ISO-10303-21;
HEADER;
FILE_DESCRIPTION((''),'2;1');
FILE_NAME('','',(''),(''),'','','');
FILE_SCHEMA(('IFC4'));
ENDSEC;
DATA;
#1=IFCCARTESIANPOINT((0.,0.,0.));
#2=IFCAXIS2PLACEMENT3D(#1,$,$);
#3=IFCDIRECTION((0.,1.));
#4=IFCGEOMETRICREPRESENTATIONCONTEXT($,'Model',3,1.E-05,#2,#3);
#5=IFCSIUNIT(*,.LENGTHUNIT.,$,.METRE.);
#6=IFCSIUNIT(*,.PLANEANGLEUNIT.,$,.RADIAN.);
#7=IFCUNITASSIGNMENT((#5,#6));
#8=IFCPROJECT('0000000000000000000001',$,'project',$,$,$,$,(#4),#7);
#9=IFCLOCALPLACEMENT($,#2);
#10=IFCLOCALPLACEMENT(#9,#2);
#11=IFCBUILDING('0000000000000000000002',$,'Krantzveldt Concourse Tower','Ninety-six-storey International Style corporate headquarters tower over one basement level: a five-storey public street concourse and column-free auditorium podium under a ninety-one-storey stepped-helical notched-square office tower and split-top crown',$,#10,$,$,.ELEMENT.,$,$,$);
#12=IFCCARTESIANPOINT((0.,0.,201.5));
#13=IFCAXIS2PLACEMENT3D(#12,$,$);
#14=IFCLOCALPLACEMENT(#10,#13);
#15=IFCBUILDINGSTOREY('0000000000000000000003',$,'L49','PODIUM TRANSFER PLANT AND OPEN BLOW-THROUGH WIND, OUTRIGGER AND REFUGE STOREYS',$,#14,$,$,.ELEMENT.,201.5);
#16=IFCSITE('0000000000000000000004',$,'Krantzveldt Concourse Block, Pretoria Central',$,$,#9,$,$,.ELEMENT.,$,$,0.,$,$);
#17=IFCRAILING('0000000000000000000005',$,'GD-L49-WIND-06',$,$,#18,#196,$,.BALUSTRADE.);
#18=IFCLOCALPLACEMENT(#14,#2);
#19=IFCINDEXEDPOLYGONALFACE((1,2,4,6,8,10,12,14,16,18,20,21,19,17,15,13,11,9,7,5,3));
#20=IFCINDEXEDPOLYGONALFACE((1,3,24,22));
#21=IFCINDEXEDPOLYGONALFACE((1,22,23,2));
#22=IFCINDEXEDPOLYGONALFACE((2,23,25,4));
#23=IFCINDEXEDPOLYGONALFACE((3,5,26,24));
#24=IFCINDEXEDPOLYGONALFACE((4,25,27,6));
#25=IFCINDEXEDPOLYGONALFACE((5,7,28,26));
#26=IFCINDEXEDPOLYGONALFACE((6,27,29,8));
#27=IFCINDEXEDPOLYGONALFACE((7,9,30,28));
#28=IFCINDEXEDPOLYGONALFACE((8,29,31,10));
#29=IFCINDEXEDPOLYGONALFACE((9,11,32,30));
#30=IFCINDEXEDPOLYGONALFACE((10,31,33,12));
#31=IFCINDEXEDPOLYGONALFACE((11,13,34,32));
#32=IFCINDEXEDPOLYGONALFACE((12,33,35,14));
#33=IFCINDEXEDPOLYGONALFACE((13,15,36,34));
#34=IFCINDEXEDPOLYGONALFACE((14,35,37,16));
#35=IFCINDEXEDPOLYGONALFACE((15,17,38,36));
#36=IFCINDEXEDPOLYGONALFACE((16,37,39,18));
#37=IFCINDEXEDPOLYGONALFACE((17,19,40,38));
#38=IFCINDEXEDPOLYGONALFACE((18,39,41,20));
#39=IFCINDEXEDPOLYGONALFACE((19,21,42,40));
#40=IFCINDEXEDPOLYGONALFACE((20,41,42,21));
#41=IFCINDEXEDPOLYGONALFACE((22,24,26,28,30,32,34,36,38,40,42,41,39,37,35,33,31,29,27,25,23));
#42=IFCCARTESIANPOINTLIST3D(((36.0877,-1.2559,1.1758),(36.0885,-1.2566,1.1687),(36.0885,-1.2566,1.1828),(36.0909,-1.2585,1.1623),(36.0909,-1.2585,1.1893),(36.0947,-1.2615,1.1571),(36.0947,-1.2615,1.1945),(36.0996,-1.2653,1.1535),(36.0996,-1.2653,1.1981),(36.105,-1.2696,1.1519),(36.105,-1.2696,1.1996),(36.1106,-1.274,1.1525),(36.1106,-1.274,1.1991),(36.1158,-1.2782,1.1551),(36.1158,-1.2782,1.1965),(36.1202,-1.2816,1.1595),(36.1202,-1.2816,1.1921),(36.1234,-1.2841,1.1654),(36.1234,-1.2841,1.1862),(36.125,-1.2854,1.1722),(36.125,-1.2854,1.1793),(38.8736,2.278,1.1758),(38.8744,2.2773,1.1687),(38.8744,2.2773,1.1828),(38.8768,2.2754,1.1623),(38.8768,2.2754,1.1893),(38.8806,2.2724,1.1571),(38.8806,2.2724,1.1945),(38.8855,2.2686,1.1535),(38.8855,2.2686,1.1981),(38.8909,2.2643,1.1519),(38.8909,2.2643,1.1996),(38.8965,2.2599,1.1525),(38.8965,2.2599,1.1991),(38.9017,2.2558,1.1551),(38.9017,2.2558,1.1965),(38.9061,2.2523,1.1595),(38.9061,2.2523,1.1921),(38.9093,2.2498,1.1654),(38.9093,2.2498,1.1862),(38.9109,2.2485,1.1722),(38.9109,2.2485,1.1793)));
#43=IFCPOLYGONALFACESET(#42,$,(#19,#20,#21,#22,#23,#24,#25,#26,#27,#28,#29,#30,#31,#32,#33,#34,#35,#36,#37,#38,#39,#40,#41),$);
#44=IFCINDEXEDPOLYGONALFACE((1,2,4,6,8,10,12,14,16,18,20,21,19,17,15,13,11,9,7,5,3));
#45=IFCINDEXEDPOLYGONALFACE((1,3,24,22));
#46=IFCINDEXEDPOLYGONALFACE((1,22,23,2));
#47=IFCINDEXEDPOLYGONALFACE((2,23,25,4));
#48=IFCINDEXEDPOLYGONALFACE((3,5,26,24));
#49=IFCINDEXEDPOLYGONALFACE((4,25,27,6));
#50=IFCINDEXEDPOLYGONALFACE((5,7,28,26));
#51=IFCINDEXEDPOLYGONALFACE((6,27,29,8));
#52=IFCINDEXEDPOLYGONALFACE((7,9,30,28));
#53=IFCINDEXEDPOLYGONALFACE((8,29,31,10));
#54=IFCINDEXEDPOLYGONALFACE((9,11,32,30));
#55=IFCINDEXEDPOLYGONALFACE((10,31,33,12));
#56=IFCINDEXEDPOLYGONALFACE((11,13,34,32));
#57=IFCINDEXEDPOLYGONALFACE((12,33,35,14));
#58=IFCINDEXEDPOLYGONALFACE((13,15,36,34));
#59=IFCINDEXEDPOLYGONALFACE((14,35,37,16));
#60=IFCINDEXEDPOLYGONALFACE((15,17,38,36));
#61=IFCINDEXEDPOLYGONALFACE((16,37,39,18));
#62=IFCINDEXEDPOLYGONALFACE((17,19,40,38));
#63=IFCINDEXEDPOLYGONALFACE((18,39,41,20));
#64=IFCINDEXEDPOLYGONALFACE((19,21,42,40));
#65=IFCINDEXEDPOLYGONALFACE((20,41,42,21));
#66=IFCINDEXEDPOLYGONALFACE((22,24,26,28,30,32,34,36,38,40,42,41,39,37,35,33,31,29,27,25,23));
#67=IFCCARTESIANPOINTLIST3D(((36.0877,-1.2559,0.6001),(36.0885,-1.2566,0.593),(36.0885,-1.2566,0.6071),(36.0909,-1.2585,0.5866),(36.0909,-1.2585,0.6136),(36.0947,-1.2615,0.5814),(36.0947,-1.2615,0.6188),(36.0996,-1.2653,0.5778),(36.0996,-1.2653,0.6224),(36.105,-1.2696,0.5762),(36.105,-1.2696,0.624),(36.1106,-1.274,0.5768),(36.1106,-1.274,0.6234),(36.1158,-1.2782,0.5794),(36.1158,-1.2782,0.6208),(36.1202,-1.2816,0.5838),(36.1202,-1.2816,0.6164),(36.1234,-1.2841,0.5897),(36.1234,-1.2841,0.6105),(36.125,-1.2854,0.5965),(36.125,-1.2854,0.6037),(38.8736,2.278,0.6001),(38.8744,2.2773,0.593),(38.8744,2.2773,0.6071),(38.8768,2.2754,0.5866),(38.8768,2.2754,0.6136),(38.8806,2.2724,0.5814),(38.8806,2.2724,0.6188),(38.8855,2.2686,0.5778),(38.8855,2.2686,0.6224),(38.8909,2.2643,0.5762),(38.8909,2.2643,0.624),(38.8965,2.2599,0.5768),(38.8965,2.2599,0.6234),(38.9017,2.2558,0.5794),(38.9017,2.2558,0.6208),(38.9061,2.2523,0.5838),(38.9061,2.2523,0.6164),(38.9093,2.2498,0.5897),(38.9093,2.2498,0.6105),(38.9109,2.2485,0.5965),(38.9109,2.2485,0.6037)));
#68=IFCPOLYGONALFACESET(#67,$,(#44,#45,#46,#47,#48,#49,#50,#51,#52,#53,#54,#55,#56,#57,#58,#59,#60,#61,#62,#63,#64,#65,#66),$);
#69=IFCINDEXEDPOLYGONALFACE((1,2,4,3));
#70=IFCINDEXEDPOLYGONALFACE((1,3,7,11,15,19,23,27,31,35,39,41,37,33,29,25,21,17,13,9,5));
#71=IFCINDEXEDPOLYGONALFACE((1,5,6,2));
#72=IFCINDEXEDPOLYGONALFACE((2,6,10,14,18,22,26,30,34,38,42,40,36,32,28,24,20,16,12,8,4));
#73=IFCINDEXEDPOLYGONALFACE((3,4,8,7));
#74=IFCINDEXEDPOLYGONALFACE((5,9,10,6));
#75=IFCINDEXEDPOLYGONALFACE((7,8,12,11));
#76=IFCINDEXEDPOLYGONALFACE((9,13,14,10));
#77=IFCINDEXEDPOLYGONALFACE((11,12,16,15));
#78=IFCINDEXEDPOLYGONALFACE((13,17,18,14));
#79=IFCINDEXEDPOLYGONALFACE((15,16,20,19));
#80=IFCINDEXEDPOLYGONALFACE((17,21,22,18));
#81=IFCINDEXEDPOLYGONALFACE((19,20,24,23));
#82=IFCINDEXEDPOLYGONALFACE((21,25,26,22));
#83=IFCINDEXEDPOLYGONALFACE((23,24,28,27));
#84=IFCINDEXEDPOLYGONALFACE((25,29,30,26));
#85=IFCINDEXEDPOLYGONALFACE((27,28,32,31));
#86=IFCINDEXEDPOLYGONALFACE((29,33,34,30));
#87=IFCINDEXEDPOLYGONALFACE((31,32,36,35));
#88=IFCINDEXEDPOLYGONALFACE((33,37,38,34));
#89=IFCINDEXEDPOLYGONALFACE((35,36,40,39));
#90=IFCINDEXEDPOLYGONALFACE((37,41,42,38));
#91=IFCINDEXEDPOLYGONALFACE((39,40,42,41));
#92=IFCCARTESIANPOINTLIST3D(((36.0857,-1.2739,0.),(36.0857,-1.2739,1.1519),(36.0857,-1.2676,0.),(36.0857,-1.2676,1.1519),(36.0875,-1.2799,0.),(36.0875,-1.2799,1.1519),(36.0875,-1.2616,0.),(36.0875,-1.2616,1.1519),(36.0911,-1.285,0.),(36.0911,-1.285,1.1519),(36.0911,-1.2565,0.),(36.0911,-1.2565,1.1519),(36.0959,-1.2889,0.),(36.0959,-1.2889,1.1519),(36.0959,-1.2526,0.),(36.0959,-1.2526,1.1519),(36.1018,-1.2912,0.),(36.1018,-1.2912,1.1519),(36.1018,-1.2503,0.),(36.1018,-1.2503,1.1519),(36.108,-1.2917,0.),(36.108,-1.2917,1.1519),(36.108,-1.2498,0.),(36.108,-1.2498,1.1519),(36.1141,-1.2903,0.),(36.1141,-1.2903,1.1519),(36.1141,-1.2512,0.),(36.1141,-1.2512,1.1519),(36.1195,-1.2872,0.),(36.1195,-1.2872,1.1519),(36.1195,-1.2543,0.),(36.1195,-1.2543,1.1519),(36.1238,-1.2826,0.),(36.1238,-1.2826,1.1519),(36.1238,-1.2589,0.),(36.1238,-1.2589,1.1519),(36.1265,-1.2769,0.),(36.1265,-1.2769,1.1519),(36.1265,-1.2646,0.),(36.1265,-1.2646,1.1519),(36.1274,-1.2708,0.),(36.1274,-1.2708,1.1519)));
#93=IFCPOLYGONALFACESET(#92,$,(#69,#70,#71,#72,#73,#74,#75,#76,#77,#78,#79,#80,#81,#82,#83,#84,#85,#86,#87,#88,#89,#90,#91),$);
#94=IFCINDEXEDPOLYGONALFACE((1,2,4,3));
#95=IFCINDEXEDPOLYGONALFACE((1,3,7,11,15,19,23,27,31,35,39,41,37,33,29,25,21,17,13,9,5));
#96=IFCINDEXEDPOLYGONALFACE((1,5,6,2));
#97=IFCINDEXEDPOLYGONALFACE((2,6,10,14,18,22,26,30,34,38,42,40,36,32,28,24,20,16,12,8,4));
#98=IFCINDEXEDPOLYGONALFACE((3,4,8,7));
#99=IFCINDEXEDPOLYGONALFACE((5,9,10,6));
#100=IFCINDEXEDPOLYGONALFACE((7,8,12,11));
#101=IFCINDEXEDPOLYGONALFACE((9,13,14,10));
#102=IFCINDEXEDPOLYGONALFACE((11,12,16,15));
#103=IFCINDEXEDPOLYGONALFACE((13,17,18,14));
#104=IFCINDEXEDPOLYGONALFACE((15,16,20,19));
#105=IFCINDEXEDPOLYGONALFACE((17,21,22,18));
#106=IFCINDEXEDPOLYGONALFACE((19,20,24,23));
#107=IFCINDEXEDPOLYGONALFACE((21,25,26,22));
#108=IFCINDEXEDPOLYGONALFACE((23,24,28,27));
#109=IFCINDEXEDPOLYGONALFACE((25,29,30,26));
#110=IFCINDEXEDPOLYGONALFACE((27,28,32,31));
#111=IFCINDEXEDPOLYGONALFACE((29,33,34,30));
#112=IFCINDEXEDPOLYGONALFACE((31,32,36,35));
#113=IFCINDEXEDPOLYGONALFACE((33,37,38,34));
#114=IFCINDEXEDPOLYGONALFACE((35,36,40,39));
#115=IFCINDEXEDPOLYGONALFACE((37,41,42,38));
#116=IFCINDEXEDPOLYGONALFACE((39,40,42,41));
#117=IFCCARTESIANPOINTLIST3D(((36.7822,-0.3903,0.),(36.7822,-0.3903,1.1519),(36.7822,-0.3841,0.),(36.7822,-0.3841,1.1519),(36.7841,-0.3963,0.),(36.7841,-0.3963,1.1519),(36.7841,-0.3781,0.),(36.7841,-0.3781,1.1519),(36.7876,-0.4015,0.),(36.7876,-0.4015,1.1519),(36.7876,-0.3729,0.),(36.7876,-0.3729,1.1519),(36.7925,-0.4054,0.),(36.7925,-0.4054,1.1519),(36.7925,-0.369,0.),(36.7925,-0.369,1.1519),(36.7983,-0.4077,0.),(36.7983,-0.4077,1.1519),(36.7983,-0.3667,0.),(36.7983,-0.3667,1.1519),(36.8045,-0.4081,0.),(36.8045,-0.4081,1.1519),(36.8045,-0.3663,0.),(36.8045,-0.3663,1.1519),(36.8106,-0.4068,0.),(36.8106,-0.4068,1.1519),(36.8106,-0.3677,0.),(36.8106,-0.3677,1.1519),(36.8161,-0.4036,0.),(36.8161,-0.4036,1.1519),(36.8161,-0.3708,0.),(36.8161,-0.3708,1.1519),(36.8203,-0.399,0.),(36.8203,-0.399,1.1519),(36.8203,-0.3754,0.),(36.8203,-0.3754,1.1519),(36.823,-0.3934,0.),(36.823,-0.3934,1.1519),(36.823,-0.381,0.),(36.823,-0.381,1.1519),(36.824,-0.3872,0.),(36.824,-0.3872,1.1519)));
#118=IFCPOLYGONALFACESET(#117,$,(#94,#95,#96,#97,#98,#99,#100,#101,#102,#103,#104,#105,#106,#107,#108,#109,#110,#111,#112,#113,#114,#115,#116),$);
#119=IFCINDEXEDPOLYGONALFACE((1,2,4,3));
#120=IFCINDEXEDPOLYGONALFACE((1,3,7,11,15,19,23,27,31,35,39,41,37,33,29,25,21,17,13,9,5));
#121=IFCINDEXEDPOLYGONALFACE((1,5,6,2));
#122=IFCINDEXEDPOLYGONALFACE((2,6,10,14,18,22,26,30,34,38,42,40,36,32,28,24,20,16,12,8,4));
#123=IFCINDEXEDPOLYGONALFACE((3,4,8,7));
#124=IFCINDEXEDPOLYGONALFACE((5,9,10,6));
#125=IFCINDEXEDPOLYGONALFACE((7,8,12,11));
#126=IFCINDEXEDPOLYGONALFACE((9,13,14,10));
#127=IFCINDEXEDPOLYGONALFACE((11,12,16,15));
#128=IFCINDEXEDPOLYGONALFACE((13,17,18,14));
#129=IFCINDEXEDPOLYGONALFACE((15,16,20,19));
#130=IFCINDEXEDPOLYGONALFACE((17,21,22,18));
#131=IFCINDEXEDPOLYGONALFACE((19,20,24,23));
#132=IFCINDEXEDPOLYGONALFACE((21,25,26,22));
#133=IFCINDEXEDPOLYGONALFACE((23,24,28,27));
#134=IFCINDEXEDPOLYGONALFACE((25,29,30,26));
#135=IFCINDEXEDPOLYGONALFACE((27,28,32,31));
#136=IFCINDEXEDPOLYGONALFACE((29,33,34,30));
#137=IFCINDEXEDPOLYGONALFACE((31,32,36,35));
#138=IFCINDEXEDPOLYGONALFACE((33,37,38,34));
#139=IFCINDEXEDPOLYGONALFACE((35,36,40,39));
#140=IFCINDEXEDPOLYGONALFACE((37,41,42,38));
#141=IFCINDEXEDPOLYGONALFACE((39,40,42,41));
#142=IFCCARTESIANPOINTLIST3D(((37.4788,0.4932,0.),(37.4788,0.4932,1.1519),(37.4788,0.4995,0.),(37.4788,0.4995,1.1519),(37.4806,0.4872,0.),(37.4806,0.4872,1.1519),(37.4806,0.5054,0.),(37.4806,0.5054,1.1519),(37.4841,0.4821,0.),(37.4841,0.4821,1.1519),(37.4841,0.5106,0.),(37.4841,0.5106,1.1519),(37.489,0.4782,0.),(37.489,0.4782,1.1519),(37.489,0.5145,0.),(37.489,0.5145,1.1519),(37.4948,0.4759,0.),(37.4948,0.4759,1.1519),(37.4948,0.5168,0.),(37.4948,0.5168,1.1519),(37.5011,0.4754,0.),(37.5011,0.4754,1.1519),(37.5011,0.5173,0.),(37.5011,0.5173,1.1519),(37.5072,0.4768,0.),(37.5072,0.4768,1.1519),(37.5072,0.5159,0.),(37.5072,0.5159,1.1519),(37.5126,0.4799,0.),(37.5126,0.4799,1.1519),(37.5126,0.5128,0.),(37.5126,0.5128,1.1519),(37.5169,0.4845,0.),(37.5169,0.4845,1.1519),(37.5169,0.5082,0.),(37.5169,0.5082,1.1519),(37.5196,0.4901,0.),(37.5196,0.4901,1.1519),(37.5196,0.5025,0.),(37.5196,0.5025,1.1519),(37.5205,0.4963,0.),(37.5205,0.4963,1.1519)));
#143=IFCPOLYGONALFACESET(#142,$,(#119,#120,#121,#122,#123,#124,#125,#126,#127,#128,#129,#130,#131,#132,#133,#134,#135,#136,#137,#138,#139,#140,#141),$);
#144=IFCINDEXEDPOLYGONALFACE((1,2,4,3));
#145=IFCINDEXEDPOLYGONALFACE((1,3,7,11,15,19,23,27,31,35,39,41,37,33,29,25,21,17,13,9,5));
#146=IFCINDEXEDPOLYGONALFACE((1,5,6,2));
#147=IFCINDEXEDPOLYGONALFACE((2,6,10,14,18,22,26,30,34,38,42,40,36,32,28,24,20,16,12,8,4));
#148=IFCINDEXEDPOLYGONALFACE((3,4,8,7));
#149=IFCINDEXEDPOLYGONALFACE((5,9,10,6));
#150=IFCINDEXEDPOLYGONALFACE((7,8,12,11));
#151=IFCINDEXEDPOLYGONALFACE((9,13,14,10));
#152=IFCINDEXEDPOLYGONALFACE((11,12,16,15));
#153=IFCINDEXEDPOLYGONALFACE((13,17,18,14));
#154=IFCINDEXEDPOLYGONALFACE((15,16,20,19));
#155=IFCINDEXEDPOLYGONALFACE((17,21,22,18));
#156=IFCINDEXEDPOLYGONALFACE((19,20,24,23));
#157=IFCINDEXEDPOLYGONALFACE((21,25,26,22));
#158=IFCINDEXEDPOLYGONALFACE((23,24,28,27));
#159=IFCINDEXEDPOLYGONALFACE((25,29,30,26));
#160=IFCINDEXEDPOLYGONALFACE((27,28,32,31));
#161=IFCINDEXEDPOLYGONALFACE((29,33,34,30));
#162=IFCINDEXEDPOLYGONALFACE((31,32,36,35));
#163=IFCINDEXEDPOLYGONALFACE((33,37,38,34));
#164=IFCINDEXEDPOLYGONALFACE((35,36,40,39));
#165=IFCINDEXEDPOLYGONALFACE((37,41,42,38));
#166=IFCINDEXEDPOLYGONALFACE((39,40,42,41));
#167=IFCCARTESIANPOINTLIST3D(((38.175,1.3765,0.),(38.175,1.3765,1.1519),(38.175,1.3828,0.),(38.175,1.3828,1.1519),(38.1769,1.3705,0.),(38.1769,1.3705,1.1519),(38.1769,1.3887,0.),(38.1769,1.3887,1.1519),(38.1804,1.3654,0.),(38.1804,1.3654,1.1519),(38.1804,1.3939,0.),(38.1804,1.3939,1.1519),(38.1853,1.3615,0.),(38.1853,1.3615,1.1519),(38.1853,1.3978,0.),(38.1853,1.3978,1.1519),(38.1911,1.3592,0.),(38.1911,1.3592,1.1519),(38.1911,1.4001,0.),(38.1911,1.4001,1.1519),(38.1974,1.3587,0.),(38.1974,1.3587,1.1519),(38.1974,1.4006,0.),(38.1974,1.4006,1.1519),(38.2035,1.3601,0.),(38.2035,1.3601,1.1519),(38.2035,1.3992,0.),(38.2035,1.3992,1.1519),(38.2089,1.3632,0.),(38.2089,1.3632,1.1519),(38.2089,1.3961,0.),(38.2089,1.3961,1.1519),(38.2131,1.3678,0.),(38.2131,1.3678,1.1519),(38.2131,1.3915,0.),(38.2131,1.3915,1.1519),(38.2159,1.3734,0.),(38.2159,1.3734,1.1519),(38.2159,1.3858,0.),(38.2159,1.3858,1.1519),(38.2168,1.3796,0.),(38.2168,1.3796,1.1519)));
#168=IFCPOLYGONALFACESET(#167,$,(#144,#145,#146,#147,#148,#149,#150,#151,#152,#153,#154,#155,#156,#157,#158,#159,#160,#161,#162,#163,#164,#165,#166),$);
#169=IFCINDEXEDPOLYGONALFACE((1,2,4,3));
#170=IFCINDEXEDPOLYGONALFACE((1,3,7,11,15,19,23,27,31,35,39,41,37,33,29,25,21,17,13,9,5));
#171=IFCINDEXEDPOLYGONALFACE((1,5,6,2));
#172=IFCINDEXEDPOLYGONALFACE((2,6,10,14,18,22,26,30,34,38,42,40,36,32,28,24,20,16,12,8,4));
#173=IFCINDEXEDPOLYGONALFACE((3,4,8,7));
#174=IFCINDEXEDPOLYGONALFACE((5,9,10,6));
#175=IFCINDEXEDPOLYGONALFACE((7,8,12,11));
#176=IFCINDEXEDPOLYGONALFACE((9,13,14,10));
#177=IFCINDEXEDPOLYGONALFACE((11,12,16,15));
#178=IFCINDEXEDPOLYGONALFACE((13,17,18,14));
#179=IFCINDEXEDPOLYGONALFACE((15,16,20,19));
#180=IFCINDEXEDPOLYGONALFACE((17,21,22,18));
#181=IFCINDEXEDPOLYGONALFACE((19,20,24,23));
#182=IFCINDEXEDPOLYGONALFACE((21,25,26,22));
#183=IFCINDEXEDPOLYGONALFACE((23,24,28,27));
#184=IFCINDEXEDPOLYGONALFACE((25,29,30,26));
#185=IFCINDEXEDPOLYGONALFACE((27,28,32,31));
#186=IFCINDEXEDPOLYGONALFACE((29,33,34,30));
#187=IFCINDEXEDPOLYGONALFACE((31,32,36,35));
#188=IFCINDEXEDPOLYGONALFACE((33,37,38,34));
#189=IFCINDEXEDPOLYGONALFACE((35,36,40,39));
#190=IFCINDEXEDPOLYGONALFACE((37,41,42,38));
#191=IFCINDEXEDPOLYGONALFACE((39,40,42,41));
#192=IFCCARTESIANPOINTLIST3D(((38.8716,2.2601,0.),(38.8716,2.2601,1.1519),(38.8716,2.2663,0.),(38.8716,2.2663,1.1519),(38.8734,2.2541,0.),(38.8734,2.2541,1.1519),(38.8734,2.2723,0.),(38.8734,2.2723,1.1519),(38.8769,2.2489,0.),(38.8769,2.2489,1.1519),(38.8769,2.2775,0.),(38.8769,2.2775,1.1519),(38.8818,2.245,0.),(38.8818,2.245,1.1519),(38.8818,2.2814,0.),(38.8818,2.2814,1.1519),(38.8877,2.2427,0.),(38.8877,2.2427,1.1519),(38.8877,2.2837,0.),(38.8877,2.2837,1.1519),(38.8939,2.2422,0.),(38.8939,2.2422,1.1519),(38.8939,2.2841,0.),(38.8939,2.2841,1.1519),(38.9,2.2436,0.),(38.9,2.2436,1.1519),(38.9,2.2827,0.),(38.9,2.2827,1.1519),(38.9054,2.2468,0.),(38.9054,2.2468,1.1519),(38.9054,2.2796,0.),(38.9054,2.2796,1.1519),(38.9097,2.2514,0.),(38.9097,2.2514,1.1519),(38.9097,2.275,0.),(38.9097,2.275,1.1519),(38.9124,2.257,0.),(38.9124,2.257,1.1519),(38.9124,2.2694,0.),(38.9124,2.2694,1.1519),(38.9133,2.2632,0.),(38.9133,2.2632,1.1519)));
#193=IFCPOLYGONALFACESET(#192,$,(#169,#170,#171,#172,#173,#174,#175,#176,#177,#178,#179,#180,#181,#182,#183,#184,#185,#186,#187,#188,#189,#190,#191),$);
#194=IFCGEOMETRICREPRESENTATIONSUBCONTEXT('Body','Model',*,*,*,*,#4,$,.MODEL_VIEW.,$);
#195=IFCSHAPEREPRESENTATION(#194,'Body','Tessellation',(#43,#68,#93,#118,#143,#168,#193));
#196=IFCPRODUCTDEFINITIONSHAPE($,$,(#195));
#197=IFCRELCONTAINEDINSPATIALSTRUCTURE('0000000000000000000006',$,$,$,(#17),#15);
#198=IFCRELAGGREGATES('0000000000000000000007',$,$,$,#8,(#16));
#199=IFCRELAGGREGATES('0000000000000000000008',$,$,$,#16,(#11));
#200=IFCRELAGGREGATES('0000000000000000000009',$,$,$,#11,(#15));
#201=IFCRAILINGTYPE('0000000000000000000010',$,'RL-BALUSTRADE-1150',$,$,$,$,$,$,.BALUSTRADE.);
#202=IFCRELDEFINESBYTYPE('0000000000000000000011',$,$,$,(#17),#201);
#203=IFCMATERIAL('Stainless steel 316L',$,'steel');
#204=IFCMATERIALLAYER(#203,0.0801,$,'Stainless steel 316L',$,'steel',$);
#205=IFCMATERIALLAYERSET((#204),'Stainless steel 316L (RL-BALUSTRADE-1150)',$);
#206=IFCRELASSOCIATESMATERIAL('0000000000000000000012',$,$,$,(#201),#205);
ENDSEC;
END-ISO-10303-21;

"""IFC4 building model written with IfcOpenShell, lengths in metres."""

from ifc_helpers import new_model, si_unit, direction, frame, origin, origin_2d, place, context, subcontext, project, spatial, circle, extrude, material, layer, layer_set, type_object, element, save


model = new_model("IFC4")

# Units and contexts
model_context = context("Model", 3, precision=1e-05, world=origin(), true_north=direction((0.0, 1.0)))
body_context = subcontext(model_context, "Body", "Model", "MODEL_VIEW")
ifc_project = project(units=[si_unit("LENGTHUNIT", "METRE"), si_unit("PLANEANGLEUNIT", "RADIAN")], contexts=[model_context])

# Site, building, storey
site_placement = place(None, origin())
site = spatial("IfcSite", under=ifc_project, at=site_placement, Name="Krantzveldt Concourse Block, Pretoria Central", CompositionType="ELEMENT", RefElevation=0.0)
building_placement = place(site_placement, origin())
building = spatial("IfcBuilding", under=site, at=building_placement, Name="Krantzveldt Concourse Tower", Description="Ninety-six-storey International Style corporate headquarters tower over one basement level: a five-storey public street concourse and column-free auditorium podium under a ninety-one-storey stepped-helical notched-square office tower and split-top crown", CompositionType="ELEMENT")
storey_placement = place(building_placement, frame((0.0, 0.0, 201.5)))
storey = spatial("IfcBuildingStorey", under=building, at=storey_placement, Name="L49", Description="PODIUM TRANSFER PLANT AND OPEN BLOW-THROUGH WIND, OUTRIGGER AND REFUGE STOREYS", CompositionType="ELEMENT", Elevation=201.5)

# Shared definitions
ifc_material_1 = material(Name="Stainless steel 316L", Category="steel")

# Railing
ifc_layer_1 = layer(ifc_material_1, 0.0801, Name="Stainless steel 316L", Category="steel")
ifc_layer_set_1 = layer_set([ifc_layer_1], Name="Stainless steel 316L (RL-BALUSTRADE-1150)")
railing_type_1 = type_object("IfcRailingType", Name="RL-BALUSTRADE-1150", PredefinedType="BALUSTRADE", material=ifc_layer_set_1)
railing_1_placement = place(storey_placement, frame((36.1064, -1.2708, 0.0)))
element("IfcRailing", 1, at=railing_1_placement, inside=storey, type_object=railing_type_1, Name="GD-L49-WIND-06", PredefinedType="BALUSTRADE", context=body_context, shape_type="SweptSolid", body=[
    extrude(circle(Radius=0.0239, at=origin_2d()), frame((0.0, 0.0, 1.1758), z_axis=(0.619088, 0.785321, 0.0), x_axis=(-0.785321, 0.619088, 0.0)), (0.0, 0.0, 1.0), 4.5),
    extrude(circle(Radius=0.0239, at=origin_2d()), frame((0.0, 0.0, 0.6001), z_axis=(0.619088, 0.785321, 0.0), x_axis=(-0.785321, 0.619088, 0.0)), (0.0, 0.0, 1.0), 4.5),
    extrude(circle(Radius=0.021, at=origin_2d()), origin(), (0.0, 0.0, 1.0), 1.1519),
    extrude(circle(Radius=0.021, at=origin_2d()), frame((0.6965, 0.8835, 0.0)), (0.0, 0.0, 1.0), 1.1519),
    extrude(circle(Radius=0.021, at=origin_2d()), frame((1.3931, 1.7671, 0.0)), (0.0, 0.0, 1.0), 1.1519),
    extrude(circle(Radius=0.021, at=origin_2d()), frame((2.0894, 2.6504, 0.0)), (0.0, 0.0, 1.0), 1.1519),
    extrude(circle(Radius=0.021, at=origin_2d()), frame((2.7859, 3.5339, 0.0)), (0.0, 0.0, 1.0), 1.1519),
])

save(model, "model.ifc")
